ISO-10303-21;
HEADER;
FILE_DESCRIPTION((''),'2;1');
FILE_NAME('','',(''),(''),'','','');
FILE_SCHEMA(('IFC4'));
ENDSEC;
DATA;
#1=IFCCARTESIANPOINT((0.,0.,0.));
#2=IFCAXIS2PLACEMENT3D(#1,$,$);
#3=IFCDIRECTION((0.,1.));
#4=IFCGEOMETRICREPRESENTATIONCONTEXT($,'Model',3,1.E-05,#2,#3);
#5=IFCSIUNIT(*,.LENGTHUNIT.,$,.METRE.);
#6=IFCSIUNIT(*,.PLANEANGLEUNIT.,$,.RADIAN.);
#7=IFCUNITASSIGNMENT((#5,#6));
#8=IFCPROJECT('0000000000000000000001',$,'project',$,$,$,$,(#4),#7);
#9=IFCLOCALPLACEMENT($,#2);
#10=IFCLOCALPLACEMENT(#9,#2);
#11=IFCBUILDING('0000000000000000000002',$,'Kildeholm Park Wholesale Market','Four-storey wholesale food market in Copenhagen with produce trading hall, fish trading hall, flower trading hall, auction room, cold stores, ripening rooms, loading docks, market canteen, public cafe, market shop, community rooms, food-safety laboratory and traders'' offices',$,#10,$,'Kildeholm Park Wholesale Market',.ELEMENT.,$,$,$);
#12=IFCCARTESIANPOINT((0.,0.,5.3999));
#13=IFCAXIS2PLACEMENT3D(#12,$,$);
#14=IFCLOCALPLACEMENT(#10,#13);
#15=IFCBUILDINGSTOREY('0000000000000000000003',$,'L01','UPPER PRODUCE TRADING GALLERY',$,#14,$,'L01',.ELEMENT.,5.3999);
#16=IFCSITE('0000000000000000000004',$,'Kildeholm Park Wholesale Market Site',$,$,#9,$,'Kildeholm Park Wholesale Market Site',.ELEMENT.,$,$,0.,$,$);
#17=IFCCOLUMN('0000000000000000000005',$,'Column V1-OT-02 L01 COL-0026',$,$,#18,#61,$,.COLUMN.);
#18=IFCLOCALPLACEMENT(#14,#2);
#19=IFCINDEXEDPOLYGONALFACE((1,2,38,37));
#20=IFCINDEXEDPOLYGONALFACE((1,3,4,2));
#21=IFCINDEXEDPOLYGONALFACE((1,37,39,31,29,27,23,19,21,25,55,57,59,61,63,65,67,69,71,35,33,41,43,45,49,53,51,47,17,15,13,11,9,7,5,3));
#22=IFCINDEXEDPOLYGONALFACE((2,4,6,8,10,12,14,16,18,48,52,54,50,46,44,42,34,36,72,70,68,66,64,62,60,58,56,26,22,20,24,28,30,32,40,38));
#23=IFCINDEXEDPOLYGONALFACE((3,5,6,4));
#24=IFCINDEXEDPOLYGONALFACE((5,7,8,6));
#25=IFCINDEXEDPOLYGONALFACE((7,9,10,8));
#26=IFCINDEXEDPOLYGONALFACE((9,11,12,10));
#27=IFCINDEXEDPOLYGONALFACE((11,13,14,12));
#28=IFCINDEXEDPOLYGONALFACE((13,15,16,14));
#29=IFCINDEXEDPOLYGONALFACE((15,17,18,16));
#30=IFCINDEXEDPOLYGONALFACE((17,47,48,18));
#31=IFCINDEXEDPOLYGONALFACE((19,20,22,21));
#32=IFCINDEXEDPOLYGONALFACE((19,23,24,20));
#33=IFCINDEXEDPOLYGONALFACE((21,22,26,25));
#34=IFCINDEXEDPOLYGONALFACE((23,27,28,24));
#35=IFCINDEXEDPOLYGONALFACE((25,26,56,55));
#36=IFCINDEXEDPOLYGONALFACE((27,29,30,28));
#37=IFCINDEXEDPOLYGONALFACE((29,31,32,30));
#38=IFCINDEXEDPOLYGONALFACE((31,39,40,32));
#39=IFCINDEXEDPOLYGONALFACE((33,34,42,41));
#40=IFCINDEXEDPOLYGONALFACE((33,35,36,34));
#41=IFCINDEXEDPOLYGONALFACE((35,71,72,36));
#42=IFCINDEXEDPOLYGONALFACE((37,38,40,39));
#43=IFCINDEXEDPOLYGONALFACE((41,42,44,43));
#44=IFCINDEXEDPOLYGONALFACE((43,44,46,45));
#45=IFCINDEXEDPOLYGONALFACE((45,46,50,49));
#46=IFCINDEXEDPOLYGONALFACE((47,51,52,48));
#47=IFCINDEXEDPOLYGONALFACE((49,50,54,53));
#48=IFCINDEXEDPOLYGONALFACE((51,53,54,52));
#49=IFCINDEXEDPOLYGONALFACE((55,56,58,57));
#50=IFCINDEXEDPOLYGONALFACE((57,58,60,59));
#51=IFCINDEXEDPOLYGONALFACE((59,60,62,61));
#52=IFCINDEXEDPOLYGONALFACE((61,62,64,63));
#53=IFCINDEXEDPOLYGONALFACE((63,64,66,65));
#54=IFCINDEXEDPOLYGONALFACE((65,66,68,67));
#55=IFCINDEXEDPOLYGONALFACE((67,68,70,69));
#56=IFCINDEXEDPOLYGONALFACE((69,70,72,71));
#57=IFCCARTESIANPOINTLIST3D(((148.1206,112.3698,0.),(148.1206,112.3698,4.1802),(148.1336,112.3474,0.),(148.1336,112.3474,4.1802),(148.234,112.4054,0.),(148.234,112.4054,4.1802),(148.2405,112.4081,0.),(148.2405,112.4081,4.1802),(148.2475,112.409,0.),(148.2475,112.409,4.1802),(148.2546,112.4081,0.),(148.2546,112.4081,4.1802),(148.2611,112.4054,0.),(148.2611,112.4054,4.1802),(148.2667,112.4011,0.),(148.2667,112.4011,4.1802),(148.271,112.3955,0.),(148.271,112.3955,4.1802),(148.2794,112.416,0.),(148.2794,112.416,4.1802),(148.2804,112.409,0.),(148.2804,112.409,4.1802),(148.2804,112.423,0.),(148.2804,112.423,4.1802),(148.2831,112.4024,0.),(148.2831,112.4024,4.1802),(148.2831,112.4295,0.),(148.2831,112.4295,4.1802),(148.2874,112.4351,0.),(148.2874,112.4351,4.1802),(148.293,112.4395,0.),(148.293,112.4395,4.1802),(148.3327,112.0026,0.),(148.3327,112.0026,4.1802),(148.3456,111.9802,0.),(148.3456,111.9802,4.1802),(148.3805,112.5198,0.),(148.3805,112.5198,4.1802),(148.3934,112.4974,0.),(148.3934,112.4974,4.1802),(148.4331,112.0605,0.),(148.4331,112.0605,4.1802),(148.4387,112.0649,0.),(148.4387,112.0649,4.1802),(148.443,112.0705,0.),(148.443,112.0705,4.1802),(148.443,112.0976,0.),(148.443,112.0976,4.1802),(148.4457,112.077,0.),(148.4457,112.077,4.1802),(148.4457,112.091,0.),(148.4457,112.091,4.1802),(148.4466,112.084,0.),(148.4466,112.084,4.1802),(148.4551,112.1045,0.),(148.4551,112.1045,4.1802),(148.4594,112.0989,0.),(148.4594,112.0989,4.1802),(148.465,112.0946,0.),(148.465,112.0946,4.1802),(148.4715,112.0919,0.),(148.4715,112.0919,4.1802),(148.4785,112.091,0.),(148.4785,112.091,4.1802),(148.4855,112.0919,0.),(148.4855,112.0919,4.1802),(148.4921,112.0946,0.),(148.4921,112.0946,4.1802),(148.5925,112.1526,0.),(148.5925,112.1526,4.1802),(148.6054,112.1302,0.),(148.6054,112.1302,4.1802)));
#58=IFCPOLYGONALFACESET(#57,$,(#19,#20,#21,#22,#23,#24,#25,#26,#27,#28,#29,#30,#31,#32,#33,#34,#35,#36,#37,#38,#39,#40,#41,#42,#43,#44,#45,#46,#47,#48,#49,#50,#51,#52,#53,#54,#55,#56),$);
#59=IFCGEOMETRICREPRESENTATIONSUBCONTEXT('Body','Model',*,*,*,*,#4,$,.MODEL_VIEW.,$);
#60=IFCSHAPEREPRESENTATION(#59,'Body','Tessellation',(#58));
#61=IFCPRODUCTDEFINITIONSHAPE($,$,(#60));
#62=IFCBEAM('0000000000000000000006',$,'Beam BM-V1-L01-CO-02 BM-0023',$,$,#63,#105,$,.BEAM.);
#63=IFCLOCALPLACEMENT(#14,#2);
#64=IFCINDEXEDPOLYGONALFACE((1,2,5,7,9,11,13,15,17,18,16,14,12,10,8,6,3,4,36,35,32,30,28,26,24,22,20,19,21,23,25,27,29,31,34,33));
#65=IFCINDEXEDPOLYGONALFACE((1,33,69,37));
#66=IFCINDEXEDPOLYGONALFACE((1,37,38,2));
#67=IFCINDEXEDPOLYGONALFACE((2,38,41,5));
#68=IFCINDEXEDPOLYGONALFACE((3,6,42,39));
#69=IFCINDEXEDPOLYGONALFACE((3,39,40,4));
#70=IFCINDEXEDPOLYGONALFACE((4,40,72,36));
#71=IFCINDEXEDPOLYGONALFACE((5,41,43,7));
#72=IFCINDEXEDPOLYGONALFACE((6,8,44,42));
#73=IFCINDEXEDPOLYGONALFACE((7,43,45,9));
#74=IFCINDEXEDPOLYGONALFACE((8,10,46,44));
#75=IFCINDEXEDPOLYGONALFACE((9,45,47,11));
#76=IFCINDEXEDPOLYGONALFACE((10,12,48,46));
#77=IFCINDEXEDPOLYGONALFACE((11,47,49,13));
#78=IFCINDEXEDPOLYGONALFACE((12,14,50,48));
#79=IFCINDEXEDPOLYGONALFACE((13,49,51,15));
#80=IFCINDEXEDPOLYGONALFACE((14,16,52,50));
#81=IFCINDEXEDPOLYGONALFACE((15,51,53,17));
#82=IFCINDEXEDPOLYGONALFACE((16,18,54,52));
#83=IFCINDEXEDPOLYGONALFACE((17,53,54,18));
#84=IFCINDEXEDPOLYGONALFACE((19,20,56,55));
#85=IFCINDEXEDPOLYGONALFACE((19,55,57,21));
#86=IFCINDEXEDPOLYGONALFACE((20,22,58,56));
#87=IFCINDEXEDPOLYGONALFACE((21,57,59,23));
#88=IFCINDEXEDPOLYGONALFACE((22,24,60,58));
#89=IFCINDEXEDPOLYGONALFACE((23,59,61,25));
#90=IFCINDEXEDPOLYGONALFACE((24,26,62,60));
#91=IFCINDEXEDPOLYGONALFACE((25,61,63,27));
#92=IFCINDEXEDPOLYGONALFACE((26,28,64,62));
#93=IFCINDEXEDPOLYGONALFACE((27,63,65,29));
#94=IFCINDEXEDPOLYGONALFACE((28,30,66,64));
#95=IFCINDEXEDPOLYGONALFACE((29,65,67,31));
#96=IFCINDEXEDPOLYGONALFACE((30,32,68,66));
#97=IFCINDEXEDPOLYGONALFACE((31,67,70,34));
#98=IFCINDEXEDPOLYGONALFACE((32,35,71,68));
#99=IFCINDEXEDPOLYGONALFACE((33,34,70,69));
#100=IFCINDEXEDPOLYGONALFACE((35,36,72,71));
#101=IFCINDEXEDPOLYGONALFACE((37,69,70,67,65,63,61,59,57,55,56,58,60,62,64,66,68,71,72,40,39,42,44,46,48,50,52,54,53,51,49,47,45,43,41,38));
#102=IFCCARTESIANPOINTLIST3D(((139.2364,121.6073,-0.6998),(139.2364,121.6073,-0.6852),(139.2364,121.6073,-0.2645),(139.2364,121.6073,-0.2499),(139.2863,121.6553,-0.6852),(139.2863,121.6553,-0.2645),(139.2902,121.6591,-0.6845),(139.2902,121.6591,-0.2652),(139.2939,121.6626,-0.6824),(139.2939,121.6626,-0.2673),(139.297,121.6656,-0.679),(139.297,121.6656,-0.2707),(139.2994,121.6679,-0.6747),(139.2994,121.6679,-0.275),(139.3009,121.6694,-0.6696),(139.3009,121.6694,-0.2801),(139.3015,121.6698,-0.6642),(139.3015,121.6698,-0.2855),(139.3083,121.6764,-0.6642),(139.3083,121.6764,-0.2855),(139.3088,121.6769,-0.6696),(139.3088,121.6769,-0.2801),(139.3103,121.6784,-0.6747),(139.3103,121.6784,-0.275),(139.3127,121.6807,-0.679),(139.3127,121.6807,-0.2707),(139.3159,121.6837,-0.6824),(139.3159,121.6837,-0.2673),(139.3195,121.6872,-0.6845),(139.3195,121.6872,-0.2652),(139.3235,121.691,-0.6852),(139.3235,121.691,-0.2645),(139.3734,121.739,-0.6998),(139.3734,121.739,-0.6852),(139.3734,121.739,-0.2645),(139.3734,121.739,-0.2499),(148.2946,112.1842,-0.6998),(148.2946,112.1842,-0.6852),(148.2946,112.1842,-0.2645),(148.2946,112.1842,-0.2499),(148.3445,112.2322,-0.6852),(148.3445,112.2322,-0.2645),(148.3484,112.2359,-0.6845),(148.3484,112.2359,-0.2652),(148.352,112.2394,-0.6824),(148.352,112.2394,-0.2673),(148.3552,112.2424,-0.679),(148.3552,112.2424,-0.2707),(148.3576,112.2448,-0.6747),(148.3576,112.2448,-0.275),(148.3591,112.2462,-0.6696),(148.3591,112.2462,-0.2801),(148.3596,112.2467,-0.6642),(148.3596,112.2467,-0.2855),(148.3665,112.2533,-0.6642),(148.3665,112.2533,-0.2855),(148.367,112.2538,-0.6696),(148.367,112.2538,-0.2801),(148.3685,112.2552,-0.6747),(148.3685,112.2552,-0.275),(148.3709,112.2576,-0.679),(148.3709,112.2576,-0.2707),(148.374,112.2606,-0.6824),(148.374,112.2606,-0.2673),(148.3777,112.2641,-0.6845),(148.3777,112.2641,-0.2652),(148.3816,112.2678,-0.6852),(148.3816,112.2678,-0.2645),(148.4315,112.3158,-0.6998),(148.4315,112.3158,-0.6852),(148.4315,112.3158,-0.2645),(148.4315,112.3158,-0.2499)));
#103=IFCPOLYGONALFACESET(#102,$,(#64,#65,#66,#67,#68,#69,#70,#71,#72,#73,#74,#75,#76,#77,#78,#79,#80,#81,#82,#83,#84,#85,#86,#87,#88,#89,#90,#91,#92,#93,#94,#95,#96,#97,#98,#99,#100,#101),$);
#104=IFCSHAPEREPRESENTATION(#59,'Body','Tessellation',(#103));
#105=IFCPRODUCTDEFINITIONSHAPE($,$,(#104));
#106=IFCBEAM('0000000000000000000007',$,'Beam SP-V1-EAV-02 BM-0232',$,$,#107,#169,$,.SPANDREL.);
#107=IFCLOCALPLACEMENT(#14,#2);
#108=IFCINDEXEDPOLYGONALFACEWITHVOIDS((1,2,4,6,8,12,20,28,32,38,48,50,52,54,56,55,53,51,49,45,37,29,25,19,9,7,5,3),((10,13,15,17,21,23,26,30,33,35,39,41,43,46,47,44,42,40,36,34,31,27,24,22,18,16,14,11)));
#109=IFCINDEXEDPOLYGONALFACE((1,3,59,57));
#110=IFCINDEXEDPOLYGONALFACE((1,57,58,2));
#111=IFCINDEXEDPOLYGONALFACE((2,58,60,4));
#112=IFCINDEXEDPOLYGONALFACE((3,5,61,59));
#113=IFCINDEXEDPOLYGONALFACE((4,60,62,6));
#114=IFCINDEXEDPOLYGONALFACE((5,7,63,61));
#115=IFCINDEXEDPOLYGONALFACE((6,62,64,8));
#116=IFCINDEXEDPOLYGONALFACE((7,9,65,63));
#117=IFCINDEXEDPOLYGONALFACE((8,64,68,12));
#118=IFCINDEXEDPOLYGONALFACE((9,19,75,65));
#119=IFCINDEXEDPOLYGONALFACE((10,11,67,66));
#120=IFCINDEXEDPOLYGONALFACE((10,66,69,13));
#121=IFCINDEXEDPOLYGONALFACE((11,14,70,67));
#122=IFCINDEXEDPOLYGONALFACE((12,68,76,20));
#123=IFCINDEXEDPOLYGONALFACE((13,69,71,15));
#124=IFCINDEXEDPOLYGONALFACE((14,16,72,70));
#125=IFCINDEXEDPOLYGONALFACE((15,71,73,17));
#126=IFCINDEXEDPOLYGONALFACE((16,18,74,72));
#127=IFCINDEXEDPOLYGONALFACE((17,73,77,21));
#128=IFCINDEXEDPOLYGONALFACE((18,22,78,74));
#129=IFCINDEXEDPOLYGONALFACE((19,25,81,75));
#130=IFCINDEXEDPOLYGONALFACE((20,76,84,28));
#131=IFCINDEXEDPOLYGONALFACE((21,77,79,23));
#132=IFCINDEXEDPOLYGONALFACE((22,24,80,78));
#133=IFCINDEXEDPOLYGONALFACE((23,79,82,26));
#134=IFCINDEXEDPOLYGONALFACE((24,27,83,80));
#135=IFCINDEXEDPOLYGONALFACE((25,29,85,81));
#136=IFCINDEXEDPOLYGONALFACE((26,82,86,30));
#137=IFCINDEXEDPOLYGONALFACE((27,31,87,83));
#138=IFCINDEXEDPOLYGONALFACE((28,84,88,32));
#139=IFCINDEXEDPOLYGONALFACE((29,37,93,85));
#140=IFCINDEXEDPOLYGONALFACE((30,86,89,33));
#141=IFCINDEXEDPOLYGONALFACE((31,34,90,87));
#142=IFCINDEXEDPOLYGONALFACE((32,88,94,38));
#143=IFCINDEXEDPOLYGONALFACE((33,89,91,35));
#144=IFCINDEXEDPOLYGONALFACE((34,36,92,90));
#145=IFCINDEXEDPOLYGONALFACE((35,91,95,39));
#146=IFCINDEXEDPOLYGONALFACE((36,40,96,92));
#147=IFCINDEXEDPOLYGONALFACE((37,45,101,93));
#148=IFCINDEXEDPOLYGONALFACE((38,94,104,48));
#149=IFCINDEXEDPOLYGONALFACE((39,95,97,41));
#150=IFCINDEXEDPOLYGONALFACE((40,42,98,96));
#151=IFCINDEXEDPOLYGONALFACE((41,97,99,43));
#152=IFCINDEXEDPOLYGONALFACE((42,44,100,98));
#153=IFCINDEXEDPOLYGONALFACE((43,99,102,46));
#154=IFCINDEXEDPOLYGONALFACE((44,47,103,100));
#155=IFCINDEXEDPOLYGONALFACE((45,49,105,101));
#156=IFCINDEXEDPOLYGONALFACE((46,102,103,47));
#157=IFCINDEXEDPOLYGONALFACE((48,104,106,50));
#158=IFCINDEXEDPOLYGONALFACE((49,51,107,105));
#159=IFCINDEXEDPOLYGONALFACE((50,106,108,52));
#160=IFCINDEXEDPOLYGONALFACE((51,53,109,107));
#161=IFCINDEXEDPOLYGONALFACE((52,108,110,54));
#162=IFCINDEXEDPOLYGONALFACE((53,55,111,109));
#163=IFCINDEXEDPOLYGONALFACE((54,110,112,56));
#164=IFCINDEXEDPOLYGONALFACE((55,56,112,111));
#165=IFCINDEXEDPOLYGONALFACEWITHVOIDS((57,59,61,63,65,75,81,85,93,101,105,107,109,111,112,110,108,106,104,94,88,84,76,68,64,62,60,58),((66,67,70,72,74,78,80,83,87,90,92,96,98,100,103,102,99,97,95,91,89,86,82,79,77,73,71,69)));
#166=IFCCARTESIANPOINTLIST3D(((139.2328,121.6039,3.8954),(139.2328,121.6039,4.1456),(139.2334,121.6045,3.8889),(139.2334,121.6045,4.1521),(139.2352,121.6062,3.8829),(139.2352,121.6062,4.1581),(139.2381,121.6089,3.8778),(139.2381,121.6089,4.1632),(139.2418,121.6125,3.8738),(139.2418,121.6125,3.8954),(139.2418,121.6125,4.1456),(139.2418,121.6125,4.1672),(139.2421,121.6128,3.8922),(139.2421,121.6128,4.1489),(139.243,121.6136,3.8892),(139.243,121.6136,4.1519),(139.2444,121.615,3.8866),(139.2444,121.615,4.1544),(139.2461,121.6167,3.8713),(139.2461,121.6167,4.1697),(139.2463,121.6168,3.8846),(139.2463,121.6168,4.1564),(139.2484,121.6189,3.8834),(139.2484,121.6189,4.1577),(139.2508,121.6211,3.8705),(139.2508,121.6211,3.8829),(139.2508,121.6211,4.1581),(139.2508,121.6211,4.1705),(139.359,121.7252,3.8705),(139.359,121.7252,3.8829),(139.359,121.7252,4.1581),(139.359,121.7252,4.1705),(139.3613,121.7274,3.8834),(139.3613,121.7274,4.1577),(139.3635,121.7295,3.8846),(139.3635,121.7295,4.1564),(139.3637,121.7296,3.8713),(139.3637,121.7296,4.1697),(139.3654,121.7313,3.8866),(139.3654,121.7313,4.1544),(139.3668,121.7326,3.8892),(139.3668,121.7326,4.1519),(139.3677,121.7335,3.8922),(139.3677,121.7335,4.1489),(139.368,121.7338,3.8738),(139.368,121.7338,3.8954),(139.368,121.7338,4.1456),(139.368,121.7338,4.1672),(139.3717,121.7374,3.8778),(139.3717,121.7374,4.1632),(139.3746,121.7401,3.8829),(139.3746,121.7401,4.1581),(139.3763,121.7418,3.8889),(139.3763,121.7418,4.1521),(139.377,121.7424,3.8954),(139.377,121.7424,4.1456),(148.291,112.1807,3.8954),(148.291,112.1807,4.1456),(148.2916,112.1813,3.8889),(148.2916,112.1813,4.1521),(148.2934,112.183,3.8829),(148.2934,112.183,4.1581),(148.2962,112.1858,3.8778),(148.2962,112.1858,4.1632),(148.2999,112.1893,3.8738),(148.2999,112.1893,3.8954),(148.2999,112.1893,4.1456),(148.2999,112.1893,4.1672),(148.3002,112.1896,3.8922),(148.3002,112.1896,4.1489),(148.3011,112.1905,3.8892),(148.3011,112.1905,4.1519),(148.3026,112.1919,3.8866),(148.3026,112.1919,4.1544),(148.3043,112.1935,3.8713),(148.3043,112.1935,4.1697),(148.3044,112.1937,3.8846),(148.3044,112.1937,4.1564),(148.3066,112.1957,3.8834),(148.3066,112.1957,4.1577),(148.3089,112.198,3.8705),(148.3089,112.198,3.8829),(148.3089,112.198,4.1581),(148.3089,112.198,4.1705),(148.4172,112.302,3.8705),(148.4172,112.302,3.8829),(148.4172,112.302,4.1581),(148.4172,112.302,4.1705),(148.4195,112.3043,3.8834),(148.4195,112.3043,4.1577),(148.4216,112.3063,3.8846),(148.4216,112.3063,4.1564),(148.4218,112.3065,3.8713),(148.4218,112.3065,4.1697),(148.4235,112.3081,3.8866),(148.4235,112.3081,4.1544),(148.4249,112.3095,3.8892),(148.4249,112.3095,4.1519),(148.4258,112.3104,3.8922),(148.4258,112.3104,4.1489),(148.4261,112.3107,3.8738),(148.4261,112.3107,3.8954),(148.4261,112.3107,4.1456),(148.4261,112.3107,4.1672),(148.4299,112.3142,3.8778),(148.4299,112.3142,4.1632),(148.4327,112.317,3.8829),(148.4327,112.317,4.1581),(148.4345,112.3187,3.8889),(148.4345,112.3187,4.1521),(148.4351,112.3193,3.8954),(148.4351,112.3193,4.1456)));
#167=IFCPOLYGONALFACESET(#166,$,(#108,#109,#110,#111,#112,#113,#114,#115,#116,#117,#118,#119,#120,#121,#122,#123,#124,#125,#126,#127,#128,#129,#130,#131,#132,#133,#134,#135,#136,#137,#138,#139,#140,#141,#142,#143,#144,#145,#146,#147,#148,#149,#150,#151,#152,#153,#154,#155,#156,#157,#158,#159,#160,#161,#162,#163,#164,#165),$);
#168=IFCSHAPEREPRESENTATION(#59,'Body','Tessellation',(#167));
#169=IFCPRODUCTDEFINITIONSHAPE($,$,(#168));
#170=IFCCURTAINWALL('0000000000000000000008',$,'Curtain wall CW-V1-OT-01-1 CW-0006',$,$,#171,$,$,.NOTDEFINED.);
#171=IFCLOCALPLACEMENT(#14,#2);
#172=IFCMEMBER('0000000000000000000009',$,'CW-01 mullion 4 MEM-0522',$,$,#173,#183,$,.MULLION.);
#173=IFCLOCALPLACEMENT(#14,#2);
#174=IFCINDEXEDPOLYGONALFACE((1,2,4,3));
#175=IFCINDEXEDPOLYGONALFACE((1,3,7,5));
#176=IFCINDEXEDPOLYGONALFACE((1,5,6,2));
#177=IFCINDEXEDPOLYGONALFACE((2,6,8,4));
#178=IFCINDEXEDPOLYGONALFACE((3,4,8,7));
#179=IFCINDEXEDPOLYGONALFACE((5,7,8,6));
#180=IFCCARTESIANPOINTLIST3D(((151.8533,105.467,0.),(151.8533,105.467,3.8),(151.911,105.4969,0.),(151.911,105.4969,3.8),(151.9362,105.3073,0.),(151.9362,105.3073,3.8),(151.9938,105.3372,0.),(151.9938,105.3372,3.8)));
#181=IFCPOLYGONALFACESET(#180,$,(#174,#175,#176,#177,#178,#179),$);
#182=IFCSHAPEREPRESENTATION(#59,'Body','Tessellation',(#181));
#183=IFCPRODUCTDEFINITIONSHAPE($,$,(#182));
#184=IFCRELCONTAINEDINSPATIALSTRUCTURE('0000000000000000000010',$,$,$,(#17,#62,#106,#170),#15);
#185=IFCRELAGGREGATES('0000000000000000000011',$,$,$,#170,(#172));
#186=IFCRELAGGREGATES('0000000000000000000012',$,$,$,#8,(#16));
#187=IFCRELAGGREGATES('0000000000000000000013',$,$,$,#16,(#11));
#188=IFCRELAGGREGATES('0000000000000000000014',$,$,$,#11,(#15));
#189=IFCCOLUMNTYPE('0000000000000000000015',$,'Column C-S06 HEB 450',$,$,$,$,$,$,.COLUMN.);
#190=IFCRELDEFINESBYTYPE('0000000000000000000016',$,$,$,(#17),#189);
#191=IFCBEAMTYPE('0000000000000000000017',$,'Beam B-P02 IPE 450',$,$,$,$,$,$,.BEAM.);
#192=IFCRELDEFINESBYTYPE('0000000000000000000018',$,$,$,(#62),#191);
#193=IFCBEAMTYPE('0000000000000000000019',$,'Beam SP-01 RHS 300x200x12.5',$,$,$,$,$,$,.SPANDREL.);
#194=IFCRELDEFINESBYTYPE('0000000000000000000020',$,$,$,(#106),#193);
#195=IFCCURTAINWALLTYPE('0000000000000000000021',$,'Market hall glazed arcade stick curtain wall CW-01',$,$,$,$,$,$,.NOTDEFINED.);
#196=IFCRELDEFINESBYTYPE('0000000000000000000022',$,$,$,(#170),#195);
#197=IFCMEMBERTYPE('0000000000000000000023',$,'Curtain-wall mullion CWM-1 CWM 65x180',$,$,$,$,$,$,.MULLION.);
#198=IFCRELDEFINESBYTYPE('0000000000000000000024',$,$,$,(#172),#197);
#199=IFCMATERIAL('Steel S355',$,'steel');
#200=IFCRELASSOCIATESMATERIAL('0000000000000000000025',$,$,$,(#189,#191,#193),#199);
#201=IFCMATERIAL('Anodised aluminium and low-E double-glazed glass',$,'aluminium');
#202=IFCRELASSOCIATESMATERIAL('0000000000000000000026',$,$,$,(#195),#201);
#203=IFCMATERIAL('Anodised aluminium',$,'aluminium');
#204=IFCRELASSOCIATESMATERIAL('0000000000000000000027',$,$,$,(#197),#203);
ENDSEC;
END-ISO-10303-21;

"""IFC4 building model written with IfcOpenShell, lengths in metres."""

from ifc_helpers import new_model, si_unit, direction, frame, origin, origin_2d, place, context, subcontext, project, spatial, rectangle, hollow_rectangle, i_section, extrude, material, material_profile, profile_set, type_object, element, aggregate, save


model = new_model("IFC4")

# Units and contexts
model_context = context("Model", 3, precision=1e-05, world=origin(), true_north=direction((0.0, 1.0)))
body_context = subcontext(model_context, "Body", "Model", "MODEL_VIEW")
ifc_project = project(units=[si_unit("LENGTHUNIT", "METRE"), si_unit("PLANEANGLEUNIT", "RADIAN")], contexts=[model_context])

# Site, building, storey
site_placement = place(None, origin())
site = spatial("IfcSite", under=ifc_project, at=site_placement, Name="Kildeholm Park Wholesale Market Site", LongName="Kildeholm Park Wholesale Market Site", CompositionType="ELEMENT", RefElevation=0.0)
building_placement = place(site_placement, origin())
building = spatial("IfcBuilding", under=site, at=building_placement, Name="Kildeholm Park Wholesale Market", Description="Four-storey wholesale food market in Copenhagen with produce trading hall, fish trading hall, flower trading hall, auction room, cold stores, ripening rooms, loading docks, market canteen, public cafe, market shop, community rooms, food-safety laboratory and traders' offices", LongName="Kildeholm Park Wholesale Market", CompositionType="ELEMENT")
storey_placement = place(building_placement, frame((0.0, 0.0, 5.3999)))
storey = spatial("IfcBuildingStorey", under=building, at=storey_placement, Name="L01", Description="UPPER PRODUCE TRADING GALLERY", LongName="L01", CompositionType="ELEMENT", Elevation=5.3999)

# Column
ifc_material_1 = material(Name="Steel S355", Category="steel")
ifc_material_profile_1 = material_profile(ifc_material_1, i_section(OverallWidth=0.3, OverallDepth=0.45, WebThickness=0.0139, FlangeThickness=0.0259, FilletRadius=0.0271, at=origin_2d()), Name="HEB 450")
ifc_profile_set_1 = profile_set([ifc_material_profile_1], Name="Steel S355")
column_type = type_object("IfcColumnType", Name="Column C-S06 HEB 450", PredefinedType="COLUMN", material=ifc_profile_set_1)
column_placement = place(storey_placement, frame((148.363, 112.25, 0.0), z_axis=(0.0, 0.0, 1.0), x_axis=(0.866025, 0.5, 0.0)))
element("IfcColumn", 1, at=column_placement, inside=storey, type_object=column_type, Name="Column V1-OT-02 L01 COL-0026", PredefinedType="COLUMN", context=body_context, shape_type="SweptSolid", body=[
    extrude(i_section(OverallWidth=0.3, OverallDepth=0.45, WebThickness=0.0139, FlangeThickness=0.0259, FilletRadius=0.0271, at=origin_2d()), origin(), (0.0, 0.0, 1.0), 4.1802),
])

# Beams
ifc_material_profile_2 = material_profile(ifc_material_1, i_section(OverallWidth=0.1899, OverallDepth=0.45, WebThickness=0.0095, FlangeThickness=0.0146, FilletRadius=0.021, at=origin_2d()), Name="IPE 450")
ifc_profile_set_2 = profile_set([ifc_material_profile_2], Name="Steel S355")
beam_type_1 = type_object("IfcBeamType", Name="Beam B-P02 IPE 450", PredefinedType="BEAM", material=ifc_profile_set_2)
beam_1_placement = place(storey_placement, frame((148.363, 112.25, -0.4749), z_axis=(-0.693007, 0.720931, 0.0), x_axis=(-0.720931, -0.693007, 0.0)))
element("IfcBeam", 2, at=beam_1_placement, inside=storey, type_object=beam_type_1, Name="Beam BM-V1-L01-CO-02 BM-0023", PredefinedType="BEAM", context=body_context, shape_type="SweptSolid", body=[
    extrude(i_section(OverallWidth=0.1899, OverallDepth=0.45, WebThickness=0.0095, FlangeThickness=0.0146, FilletRadius=0.021, at=origin_2d()), origin(), (0.0, 0.0, 1.0), 13.0708),
])
ifc_material_profile_3 = material_profile(ifc_material_1, hollow_rectangle(XDim=0.2, YDim=0.3, WallThickness=0.0125, InnerFilletRadius=0.0125, OuterFilletRadius=0.0249, at=origin_2d()), Name="RHS 300x200x12.5")
ifc_profile_set_3 = profile_set([ifc_material_profile_3], Name="Steel S355")
beam_type_2 = type_object("IfcBeamType", Name="Beam SP-01 RHS 300x200x12.5", PredefinedType="SPANDREL", material=ifc_profile_set_3)
beam_2_placement = place(storey_placement, frame((148.363, 112.25, 4.0205), z_axis=(-0.693007, 0.720931, 0.0), x_axis=(-0.720931, -0.693007, 0.0)))
element("IfcBeam", 3, at=beam_2_placement, inside=storey, type_object=beam_type_2, Name="Beam SP-V1-EAV-02 BM-0232", PredefinedType="SPANDREL", context=body_context, shape_type="SweptSolid", body=[
    extrude(hollow_rectangle(XDim=0.2, YDim=0.3, WallThickness=0.0125, InnerFilletRadius=0.0125, OuterFilletRadius=0.0249, at=origin_2d()), origin(), (0.0, 0.0, 1.0), 13.0708),
])

# Curtain wall, member
ifc_material_2 = material(Name="Anodised aluminium and low-E double-glazed glass", Category="aluminium")
curtain_wall_type = type_object("IfcCurtainWallType", Name="Market hall glazed arcade stick curtain wall CW-01", PredefinedType="NOTDEFINED", material=ifc_material_2)
curtain_wall_1_placement = place(storey_placement, origin())
curtain_wall_1 = element("IfcCurtainWall", 4, at=curtain_wall_1_placement, inside=storey, type_object=curtain_wall_type, Name="Curtain wall CW-V1-OT-01-1 CW-0006", PredefinedType="NOTDEFINED")
ifc_material_3 = material(Name="Anodised aluminium", Category="aluminium")
ifc_material_profile_4 = material_profile(ifc_material_3, rectangle(XDim=0.0649, YDim=0.1799, at=origin_2d()), Name="CWM 65x180")
ifc_profile_set_4 = profile_set([ifc_material_profile_4], Name="Anodised aluminium")
member_type_1 = type_object("IfcMemberType", Name="Curtain-wall mullion CWM-1 CWM 65x180", PredefinedType="MULLION", material=ifc_profile_set_4)
member_1_placement = place(storey_placement, frame((151.9236, 105.4021, 0.0), z_axis=(0.0, 0.0, 1.0), x_axis=(-0.887652, -0.460514, 0.0)))
member_1 = element("IfcMember", 5, at=member_1_placement, type_object=member_type_1, Name="CW-01 mullion 4 MEM-0522", PredefinedType="MULLION", context=body_context, shape_type="SweptSolid", body=[
    extrude(rectangle(XDim=0.0649, YDim=0.1799, at=origin_2d()), origin(), (0.0, 0.0, 1.0), 3.8),
])

aggregate(curtain_wall_1, [member_1])

save(model, "model.ifc")
